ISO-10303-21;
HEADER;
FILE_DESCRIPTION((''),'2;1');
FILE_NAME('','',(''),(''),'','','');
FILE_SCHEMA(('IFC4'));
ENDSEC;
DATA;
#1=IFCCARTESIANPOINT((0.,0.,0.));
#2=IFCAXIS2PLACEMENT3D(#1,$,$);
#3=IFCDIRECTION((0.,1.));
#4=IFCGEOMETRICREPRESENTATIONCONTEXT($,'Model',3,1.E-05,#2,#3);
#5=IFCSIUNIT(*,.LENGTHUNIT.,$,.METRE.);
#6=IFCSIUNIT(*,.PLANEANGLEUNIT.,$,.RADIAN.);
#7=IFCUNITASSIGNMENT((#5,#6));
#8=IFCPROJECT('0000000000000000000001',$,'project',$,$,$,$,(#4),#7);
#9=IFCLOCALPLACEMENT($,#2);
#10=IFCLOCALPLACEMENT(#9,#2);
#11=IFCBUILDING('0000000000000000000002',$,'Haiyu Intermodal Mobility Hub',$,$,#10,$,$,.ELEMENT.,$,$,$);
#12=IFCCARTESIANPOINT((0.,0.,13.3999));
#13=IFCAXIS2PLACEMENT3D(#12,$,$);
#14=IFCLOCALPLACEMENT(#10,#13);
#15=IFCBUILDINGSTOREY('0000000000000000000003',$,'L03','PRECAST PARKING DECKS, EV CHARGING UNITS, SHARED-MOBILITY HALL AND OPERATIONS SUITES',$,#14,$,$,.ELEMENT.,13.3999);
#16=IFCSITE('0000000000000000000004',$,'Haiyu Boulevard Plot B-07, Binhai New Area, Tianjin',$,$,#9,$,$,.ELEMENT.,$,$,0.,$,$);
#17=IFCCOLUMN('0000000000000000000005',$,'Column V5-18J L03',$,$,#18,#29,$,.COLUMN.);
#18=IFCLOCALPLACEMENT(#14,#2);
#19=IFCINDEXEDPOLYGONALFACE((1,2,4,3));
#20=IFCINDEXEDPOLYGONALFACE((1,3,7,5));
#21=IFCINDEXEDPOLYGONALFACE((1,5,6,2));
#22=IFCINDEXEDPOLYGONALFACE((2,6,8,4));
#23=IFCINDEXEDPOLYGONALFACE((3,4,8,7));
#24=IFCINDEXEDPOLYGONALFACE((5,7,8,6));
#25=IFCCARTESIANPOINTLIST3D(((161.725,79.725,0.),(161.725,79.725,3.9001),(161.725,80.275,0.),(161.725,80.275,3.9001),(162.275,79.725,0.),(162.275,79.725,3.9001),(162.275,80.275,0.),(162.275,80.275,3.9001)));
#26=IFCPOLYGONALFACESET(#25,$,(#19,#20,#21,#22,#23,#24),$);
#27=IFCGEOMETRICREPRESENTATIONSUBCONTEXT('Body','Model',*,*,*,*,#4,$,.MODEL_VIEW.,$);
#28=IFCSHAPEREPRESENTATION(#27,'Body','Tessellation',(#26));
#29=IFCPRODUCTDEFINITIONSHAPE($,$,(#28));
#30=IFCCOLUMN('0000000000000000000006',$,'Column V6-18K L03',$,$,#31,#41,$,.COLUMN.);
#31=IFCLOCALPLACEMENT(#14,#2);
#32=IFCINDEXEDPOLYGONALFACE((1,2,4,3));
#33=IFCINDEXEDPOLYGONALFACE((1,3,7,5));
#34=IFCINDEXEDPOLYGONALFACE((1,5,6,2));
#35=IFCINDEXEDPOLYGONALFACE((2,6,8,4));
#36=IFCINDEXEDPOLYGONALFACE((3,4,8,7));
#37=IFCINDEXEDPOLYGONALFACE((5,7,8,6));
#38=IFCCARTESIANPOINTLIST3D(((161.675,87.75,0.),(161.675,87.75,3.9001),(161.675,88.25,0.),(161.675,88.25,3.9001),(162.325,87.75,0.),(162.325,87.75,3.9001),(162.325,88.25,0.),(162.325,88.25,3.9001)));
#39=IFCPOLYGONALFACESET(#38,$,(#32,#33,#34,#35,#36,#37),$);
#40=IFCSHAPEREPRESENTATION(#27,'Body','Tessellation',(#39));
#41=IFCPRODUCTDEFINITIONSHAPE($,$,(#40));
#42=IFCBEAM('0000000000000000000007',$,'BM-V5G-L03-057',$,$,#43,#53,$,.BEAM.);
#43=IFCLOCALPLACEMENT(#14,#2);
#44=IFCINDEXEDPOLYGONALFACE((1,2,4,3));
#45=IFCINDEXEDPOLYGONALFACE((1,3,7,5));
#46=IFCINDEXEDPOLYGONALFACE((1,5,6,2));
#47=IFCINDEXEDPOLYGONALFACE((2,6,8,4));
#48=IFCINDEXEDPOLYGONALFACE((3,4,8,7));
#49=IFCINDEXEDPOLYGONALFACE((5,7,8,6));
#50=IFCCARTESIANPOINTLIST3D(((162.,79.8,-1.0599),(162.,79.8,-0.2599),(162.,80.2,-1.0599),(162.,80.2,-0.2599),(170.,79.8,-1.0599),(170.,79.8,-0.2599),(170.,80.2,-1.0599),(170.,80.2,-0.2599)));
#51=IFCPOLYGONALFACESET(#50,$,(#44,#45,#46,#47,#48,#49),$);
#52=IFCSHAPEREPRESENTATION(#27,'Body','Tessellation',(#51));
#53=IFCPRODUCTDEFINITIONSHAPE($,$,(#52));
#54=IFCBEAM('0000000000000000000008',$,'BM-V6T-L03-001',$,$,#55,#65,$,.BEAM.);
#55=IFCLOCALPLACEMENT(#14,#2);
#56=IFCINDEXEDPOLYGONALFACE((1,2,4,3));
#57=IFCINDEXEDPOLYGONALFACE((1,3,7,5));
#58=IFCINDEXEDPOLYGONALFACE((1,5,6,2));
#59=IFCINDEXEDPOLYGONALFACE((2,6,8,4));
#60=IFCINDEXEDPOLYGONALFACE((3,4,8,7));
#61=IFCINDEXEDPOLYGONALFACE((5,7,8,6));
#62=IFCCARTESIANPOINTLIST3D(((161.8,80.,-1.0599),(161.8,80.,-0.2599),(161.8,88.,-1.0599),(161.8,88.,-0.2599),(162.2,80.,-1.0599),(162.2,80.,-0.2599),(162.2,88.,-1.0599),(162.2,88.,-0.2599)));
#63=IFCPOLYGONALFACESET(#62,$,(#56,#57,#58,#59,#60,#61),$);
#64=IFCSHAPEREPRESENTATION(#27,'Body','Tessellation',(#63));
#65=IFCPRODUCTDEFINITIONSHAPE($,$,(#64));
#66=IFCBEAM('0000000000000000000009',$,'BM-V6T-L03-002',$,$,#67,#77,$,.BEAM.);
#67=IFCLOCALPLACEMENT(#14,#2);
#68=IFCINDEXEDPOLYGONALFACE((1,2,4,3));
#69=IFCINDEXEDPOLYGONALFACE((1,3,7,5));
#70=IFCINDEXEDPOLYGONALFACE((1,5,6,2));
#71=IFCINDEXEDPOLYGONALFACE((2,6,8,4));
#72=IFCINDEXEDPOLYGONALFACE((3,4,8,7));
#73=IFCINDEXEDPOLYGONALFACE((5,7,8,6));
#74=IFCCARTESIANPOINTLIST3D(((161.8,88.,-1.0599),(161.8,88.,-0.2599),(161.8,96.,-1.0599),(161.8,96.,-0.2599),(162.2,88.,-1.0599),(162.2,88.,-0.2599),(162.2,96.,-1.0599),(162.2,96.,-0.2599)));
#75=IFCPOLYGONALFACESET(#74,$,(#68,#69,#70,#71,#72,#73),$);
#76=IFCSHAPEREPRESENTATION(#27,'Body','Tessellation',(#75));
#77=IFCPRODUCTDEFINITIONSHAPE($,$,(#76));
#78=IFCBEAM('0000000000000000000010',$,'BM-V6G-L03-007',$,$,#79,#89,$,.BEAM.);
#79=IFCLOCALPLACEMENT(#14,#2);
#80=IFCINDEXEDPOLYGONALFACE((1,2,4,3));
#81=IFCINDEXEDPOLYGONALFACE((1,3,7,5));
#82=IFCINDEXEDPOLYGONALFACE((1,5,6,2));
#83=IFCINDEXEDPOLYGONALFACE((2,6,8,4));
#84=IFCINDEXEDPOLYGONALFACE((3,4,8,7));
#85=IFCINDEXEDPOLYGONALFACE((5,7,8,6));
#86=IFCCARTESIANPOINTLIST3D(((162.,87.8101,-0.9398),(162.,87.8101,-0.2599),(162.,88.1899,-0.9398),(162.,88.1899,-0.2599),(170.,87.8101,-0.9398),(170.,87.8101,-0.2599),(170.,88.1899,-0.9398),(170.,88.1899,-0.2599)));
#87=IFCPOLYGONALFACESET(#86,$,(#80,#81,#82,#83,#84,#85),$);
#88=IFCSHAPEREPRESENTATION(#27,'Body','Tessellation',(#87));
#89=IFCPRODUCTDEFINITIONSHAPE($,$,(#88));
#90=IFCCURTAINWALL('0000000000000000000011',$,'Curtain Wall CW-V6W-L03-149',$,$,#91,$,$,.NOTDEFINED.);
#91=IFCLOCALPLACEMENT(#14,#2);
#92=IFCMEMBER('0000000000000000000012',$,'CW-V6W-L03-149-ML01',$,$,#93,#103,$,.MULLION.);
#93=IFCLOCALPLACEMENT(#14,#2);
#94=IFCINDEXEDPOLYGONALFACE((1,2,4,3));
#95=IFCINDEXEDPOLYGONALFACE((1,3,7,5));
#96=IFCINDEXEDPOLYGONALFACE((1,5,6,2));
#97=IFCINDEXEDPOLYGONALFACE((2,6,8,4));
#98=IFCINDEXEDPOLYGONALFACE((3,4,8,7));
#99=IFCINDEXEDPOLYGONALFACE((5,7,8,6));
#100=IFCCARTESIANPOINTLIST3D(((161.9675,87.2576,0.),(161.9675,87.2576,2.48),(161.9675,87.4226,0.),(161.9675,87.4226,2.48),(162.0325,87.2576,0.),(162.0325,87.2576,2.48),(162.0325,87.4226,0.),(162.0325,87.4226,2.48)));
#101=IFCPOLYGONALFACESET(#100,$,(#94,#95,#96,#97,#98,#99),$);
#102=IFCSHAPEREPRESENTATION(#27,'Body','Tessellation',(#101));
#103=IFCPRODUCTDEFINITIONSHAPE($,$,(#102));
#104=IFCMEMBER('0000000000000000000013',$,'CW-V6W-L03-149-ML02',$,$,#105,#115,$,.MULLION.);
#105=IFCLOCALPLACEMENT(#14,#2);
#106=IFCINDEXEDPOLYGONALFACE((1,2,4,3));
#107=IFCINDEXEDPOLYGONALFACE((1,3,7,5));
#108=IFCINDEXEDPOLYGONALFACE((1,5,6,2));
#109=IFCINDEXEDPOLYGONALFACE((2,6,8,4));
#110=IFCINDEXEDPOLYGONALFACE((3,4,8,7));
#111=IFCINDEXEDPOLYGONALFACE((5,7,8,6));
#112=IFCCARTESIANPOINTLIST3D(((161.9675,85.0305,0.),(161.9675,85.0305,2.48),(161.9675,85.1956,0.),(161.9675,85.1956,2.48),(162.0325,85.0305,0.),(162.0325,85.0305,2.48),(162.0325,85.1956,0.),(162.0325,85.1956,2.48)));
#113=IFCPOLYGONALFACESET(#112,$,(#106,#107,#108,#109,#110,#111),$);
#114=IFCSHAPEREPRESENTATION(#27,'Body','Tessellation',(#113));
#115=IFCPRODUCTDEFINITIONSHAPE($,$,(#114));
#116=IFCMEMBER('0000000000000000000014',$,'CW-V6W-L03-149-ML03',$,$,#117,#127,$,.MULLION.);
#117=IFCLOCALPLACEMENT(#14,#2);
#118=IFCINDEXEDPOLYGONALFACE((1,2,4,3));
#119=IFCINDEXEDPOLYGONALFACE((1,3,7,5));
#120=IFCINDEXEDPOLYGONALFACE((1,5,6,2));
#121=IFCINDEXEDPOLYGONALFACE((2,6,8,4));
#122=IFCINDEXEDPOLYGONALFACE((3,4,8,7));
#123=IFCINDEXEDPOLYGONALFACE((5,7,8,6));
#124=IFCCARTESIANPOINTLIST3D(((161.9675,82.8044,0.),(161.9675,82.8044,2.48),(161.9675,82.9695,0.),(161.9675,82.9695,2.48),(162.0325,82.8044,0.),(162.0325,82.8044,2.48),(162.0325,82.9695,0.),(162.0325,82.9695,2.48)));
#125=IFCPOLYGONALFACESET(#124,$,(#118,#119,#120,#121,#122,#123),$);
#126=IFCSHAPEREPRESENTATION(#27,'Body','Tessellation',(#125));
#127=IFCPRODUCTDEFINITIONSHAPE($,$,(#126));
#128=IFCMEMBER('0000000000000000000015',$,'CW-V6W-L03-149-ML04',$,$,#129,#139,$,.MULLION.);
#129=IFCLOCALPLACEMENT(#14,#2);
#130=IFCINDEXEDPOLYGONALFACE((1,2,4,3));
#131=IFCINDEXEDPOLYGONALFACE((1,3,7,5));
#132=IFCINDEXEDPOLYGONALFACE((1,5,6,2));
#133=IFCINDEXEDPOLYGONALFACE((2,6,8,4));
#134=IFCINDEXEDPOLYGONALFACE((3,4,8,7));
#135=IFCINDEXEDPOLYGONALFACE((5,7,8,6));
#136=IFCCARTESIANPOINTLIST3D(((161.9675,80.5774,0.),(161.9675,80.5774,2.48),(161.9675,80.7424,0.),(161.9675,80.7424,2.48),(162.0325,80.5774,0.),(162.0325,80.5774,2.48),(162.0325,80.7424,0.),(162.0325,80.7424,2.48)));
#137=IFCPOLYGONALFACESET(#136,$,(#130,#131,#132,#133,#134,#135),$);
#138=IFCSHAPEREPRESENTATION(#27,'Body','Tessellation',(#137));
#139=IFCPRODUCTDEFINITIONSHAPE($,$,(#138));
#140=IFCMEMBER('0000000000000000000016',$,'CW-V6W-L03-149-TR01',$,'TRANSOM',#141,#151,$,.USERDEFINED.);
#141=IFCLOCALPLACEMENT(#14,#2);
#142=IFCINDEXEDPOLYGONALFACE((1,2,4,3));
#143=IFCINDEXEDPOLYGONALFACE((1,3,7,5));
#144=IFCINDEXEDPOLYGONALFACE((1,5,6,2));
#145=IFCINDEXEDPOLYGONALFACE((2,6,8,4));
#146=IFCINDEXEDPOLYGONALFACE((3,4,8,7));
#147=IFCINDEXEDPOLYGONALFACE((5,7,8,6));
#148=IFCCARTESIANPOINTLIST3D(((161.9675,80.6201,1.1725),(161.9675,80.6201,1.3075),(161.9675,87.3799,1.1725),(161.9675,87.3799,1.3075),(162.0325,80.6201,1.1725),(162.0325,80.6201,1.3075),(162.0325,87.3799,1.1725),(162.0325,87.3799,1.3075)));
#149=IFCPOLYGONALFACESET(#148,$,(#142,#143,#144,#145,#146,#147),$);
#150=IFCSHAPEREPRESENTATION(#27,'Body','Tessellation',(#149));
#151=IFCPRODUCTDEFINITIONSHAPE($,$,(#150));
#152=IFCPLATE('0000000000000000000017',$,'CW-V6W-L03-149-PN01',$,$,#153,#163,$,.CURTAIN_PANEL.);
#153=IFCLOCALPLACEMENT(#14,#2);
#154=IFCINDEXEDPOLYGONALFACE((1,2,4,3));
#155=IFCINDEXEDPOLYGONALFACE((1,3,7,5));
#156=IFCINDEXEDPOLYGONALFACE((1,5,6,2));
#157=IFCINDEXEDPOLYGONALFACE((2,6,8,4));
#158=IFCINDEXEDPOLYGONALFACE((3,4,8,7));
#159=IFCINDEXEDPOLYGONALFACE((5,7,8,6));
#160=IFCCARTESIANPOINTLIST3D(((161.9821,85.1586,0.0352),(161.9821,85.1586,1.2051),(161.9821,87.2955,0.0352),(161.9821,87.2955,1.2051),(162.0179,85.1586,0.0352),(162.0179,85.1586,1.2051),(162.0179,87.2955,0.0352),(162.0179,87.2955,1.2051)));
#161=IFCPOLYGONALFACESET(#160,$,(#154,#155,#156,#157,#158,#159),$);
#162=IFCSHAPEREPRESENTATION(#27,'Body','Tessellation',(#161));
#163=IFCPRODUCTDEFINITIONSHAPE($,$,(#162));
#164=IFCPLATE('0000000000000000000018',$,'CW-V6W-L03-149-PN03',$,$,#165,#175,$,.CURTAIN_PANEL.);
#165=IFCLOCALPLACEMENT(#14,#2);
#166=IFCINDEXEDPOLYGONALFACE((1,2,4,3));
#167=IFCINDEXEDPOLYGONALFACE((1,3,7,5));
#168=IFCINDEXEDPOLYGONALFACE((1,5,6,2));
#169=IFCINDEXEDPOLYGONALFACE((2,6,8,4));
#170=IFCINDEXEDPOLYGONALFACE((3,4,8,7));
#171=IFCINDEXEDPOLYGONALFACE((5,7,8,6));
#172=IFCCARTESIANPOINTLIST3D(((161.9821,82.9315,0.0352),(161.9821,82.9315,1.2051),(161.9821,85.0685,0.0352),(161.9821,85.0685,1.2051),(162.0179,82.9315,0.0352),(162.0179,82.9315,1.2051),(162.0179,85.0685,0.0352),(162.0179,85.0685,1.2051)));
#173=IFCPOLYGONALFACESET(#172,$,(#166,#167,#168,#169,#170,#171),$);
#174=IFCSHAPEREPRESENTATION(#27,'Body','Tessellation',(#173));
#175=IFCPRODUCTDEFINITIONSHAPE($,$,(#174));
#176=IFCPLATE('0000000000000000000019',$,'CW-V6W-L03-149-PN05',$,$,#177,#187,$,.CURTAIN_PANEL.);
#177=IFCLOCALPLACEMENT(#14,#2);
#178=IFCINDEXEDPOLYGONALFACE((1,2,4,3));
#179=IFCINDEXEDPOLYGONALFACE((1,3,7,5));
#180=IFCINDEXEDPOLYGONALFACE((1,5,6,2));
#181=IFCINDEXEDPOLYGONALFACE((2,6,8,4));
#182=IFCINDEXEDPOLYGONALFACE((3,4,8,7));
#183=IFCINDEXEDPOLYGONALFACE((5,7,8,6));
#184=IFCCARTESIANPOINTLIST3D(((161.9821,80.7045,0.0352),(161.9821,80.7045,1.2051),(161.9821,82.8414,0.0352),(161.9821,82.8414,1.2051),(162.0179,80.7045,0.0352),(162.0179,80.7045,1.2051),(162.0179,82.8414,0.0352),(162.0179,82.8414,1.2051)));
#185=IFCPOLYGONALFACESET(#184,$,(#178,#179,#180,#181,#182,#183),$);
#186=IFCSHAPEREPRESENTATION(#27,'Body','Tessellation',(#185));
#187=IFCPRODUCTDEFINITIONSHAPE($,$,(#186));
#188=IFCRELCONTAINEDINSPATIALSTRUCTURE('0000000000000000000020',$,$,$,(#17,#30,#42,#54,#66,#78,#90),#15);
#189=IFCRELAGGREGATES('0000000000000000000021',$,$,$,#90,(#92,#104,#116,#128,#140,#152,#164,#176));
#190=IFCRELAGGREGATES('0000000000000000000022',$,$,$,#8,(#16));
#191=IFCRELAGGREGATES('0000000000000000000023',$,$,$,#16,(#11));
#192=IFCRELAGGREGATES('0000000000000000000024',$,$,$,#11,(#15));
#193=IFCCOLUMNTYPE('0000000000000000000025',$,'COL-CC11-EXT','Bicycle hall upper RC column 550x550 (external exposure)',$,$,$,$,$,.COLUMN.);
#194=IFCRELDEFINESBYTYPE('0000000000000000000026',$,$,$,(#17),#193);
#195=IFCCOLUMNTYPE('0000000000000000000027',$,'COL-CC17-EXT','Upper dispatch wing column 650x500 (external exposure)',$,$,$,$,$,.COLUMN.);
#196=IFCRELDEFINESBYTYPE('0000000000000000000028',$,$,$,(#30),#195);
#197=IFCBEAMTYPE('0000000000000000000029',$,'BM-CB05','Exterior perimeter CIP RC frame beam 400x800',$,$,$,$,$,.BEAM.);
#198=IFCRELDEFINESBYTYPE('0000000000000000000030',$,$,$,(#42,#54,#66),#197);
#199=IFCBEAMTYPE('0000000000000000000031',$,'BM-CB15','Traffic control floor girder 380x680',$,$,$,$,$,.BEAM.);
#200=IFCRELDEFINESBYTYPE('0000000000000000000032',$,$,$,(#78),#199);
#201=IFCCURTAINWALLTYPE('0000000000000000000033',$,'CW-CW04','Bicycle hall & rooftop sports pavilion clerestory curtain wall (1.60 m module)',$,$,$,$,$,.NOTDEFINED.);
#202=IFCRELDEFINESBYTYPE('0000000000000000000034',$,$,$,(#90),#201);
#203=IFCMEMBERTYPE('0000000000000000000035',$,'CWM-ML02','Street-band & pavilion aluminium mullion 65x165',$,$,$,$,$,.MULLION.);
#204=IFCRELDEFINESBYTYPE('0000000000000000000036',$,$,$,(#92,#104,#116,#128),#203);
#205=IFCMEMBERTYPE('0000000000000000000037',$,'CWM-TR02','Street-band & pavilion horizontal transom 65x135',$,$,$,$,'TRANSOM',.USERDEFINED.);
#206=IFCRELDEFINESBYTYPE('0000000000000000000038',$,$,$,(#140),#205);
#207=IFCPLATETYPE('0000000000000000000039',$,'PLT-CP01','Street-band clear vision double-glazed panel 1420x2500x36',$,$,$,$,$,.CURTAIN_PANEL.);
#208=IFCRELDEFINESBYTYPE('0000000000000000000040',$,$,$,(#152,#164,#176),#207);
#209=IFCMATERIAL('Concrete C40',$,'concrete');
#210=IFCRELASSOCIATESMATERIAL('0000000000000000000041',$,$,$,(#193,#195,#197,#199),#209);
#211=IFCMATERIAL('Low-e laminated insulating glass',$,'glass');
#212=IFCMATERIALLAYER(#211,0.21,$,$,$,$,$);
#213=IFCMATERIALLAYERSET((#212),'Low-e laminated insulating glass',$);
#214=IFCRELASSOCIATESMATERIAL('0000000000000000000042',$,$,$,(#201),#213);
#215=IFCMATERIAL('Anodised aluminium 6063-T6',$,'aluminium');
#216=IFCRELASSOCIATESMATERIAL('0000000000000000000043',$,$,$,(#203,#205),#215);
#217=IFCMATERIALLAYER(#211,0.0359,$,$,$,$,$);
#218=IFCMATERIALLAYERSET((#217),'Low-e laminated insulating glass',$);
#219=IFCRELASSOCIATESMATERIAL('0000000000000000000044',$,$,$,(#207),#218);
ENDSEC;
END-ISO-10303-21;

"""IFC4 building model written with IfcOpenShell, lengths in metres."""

from ifc_helpers import new_model, si_unit, direction, frame, origin, origin_2d, place, context, subcontext, project, spatial, rectangle, extrude, material, layer, layer_set, material_profile, profile_set, type_object, element, aggregate, save


model = new_model("IFC4")

# Units and contexts
model_context = context("Model", 3, precision=1e-05, world=origin(), true_north=direction((0.0, 1.0)))
body_context = subcontext(model_context, "Body", "Model", "MODEL_VIEW")
ifc_project = project(units=[si_unit("LENGTHUNIT", "METRE"), si_unit("PLANEANGLEUNIT", "RADIAN")], contexts=[model_context])

# Site, building, storey
site_placement = place(None, origin())
site = spatial("IfcSite", under=ifc_project, at=site_placement, Name="Haiyu Boulevard Plot B-07, Binhai New Area, Tianjin", CompositionType="ELEMENT", RefElevation=0.0)
building_placement = place(site_placement, origin())
building = spatial("IfcBuilding", under=site, at=building_placement, Name="Haiyu Intermodal Mobility Hub", CompositionType="ELEMENT")
storey_placement = place(building_placement, frame((0.0, 0.0, 13.3999)))
storey = spatial("IfcBuildingStorey", under=building, at=storey_placement, Name="L03", Description="PRECAST PARKING DECKS, EV CHARGING UNITS, SHARED-MOBILITY HALL AND OPERATIONS SUITES", CompositionType="ELEMENT", Elevation=13.3999)

# Columns
ifc_material_1 = material(Name="Concrete C40", Category="concrete")
ifc_material_profile_1 = material_profile(ifc_material_1, rectangle(XDim=0.55, YDim=0.55, at=origin_2d()), Name="RC550x550")
ifc_profile_set_1 = profile_set([ifc_material_profile_1], Name="Concrete C40")
column_type_1 = type_object("IfcColumnType", Name="COL-CC11-EXT", Description="Bicycle hall upper RC column 550x550 (external exposure)", PredefinedType="COLUMN", material=ifc_profile_set_1)
column_1_placement = place(storey_placement, frame((162.0, 80.0, 0.0), z_axis=(0.0, 0.0, 1.0), x_axis=(1.0, 0.0, 0.0)))
element("IfcColumn", 1, at=column_1_placement, inside=storey, type_object=column_type_1, Name="Column V5-18J L03", PredefinedType="COLUMN", context=body_context, shape_type="SweptSolid", body=[
    extrude(rectangle(XDim=0.55, YDim=0.55, at=origin_2d()), origin(), (0.0, 0.0, 1.0), 3.9001),
])
ifc_material_profile_2 = material_profile(ifc_material_1, rectangle(XDim=0.6499, YDim=0.5, at=origin_2d()), Name="C650x500")
ifc_profile_set_2 = profile_set([ifc_material_profile_2], Name="Concrete C40")
column_type_2 = type_object("IfcColumnType", Name="COL-CC17-EXT", Description="Upper dispatch wing column 650x500 (external exposure)", PredefinedType="COLUMN", material=ifc_profile_set_2)
column_2_placement = place(storey_placement, frame((162.0, 88.0, 0.0), z_axis=(0.0, 0.0, 1.0), x_axis=(1.0, 0.0, 0.0)))
element("IfcColumn", 2, at=column_2_placement, inside=storey, type_object=column_type_2, Name="Column V6-18K L03", PredefinedType="COLUMN", context=body_context, shape_type="SweptSolid", body=[
    extrude(rectangle(XDim=0.6499, YDim=0.5, at=origin_2d()), origin(), (0.0, 0.0, 1.0), 3.9001),
])

# Beams
ifc_material_profile_3 = material_profile(ifc_material_1, rectangle(XDim=0.3999, YDim=0.8, at=origin_2d()), Name="RCB400x800")
ifc_profile_set_3 = profile_set([ifc_material_profile_3], Name="Concrete C40")
beam_type_1 = type_object("IfcBeamType", Name="BM-CB05", Description="Exterior perimeter CIP RC frame beam 400x800", PredefinedType="BEAM", material=ifc_profile_set_3)
for number, where, z_axis, x_axis, name in (
    (3, (162.0, 80.0, -0.6599), (1.0, 0.0, 0.0), (0.0, 1.0, 0.0), "BM-V5G-L03-057"),
    (4, (162.0, 80.0, -0.6599), (0.0, 1.0, 0.0), (-1.0, 0.0, 0.0), "BM-V6T-L03-001"),
    (5, (162.0, 88.0, -0.6599), (0.0, 1.0, 0.0), (-1.0, 0.0, 0.0), "BM-V6T-L03-002"),
):
    element("IfcBeam", number, at=place(storey_placement, frame(where, z_axis=z_axis, x_axis=x_axis)), inside=storey, type_object=beam_type_1, Name=name, PredefinedType="BEAM", context=body_context, shape_type="SweptSolid", body=[
        extrude(rectangle(XDim=0.3999, YDim=0.8, at=origin_2d()), origin(), (0.0, 0.0, 1.0), 8.0),
    ])
ifc_material_profile_4 = material_profile(ifc_material_1, rectangle(XDim=0.3799, YDim=0.6799, at=origin_2d()), Name="B380x680")
ifc_profile_set_4 = profile_set([ifc_material_profile_4], Name="Concrete C40")
beam_type_2 = type_object("IfcBeamType", Name="BM-CB15", Description="Traffic control floor girder 380x680", PredefinedType="BEAM", material=ifc_profile_set_4)
beam_placement = place(storey_placement, frame((162.0, 88.0, -0.5999), z_axis=(1.0, 0.0, 0.0), x_axis=(0.0, 1.0, 0.0)))
element("IfcBeam", 6, at=beam_placement, inside=storey, type_object=beam_type_2, Name="BM-V6G-L03-007", PredefinedType="BEAM", context=body_context, shape_type="SweptSolid", body=[
    extrude(rectangle(XDim=0.3799, YDim=0.6799, at=origin_2d()), origin(), (0.0, 0.0, 1.0), 8.0),
])

# Curtain wall, members, plates
ifc_material_2 = material(Name="Low-e laminated insulating glass", Category="glass")
ifc_layer_1 = layer(ifc_material_2, 0.21)
ifc_layer_set_1 = layer_set([ifc_layer_1], Name="Low-e laminated insulating glass")
curtain_wall_type = type_object("IfcCurtainWallType", Name="CW-CW04", Description="Bicycle hall & rooftop sports pavilion clerestory curtain wall (1.60 m module)", PredefinedType="NOTDEFINED", material=ifc_layer_set_1)
curtain_wall_placement = place(storey_placement, origin())
curtain_wall = element("IfcCurtainWall", 7, at=curtain_wall_placement, inside=storey, type_object=curtain_wall_type, Name="Curtain Wall CW-V6W-L03-149", PredefinedType="NOTDEFINED")
ifc_material_3 = material(Name="Anodised aluminium 6063-T6", Category="aluminium")
ifc_material_profile_5 = material_profile(ifc_material_3, rectangle(XDim=0.0649, YDim=0.165, at=origin_2d()), Name="ALU65x165")
ifc_profile_set_5 = profile_set([ifc_material_profile_5], Name="Anodised aluminium 6063-T6")
member_type_1 = type_object("IfcMemberType", Name="CWM-ML02", Description="Street-band & pavilion aluminium mullion 65x165", PredefinedType="MULLION", material=ifc_profile_set_5)
member_1_placement = place(storey_placement, frame((162.0, 87.3401, 0.0), z_axis=(0.0, 0.0, 1.0), x_axis=(1.0, 0.0, 0.0)))
member_1 = element("IfcMember", 8, at=member_1_placement, type_object=member_type_1, Name="CW-V6W-L03-149-ML01", PredefinedType="MULLION", context=body_context, shape_type="SweptSolid", body=[
    extrude(rectangle(XDim=0.0649, YDim=0.165, at=origin_2d()), origin(), (0.0, 0.0, 1.0), 2.48),
])
member_2_placement = place(storey_placement, frame((162.0, 85.113, 0.0), z_axis=(0.0, 0.0, 1.0), x_axis=(1.0, 0.0, 0.0)))
member_2 = element("IfcMember", 9, at=member_2_placement, type_object=member_type_1, Name="CW-V6W-L03-149-ML02", PredefinedType="MULLION", context=body_context, shape_type="SweptSolid", body=[
    extrude(rectangle(XDim=0.0649, YDim=0.165, at=origin_2d()), origin(), (0.0, 0.0, 1.0), 2.48),
])
member_3_placement = place(storey_placement, frame((162.0, 82.887, 0.0), z_axis=(0.0, 0.0, 1.0), x_axis=(1.0, 0.0, 0.0)))
member_3 = element("IfcMember", 10, at=member_3_placement, type_object=member_type_1, Name="CW-V6W-L03-149-ML03", PredefinedType="MULLION", context=body_context, shape_type="SweptSolid", body=[
    extrude(rectangle(XDim=0.0649, YDim=0.165, at=origin_2d()), origin(), (0.0, 0.0, 1.0), 2.48),
])
member_4_placement = place(storey_placement, frame((162.0, 80.6599, 0.0), z_axis=(0.0, 0.0, 1.0), x_axis=(1.0, 0.0, 0.0)))
member_4 = element("IfcMember", 11, at=member_4_placement, type_object=member_type_1, Name="CW-V6W-L03-149-ML04", PredefinedType="MULLION", context=body_context, shape_type="SweptSolid", body=[
    extrude(rectangle(XDim=0.0649, YDim=0.165, at=origin_2d()), origin(), (0.0, 0.0, 1.0), 2.48),
])
ifc_material_profile_6 = material_profile(ifc_material_3, rectangle(XDim=0.0649, YDim=0.135, at=origin_2d()), Name="ALU65x135")
ifc_profile_set_6 = profile_set([ifc_material_profile_6], Name="Anodised aluminium 6063-T6")
member_type_2 = type_object("IfcMemberType", Name="CWM-TR02", Description="Street-band & pavilion horizontal transom 65x135", ElementType="TRANSOM", PredefinedType="USERDEFINED", material=ifc_profile_set_6)
member_5_placement = place(storey_placement, frame((162.0, 87.3799, 1.24), z_axis=(0.0, -1.0, 0.0), x_axis=(1.0, 0.0, 0.0)))
member_5 = element("IfcMember", 12, at=member_5_placement, type_object=member_type_2, Name="CW-V6W-L03-149-TR01", ObjectType="TRANSOM", PredefinedType="USERDEFINED", context=body_context, shape_type="SweptSolid", body=[
    extrude(rectangle(XDim=0.0649, YDim=0.135, at=origin_2d()), origin(), (0.0, 0.0, 1.0), 6.7598),
])
ifc_layer_2 = layer(ifc_material_2, 0.0359)
ifc_layer_set_2 = layer_set([ifc_layer_2], Name="Low-e laminated insulating glass")
plate_type_1 = type_object("IfcPlateType", Name="PLT-CP01", Description="Street-band clear vision double-glazed panel 1420x2500x36", PredefinedType="CURTAIN_PANEL", material=ifc_layer_set_2)
plate_1_placement = place(storey_placement, frame((162.0, 86.2271, 0.0352), z_axis=(0.0, 0.0, 1.0), x_axis=(0.0, -1.0, 0.0)))
plate_1 = element("IfcPlate", 13, at=plate_1_placement, type_object=plate_type_1, Name="CW-V6W-L03-149-PN01", PredefinedType="CURTAIN_PANEL", context=body_context, shape_type="SweptSolid", body=[
    extrude(rectangle(XDim=2.137, YDim=0.0359, at=origin_2d()), origin(), (0.0, 0.0, 1.0), 1.1699),
])
plate_2_placement = place(storey_placement, frame((162.0, 84.0, 0.0352), z_axis=(0.0, 0.0, 1.0), x_axis=(0.0, -1.0, 0.0)))
plate_2 = element("IfcPlate", 14, at=plate_2_placement, type_object=plate_type_1, Name="CW-V6W-L03-149-PN03", PredefinedType="CURTAIN_PANEL", context=body_context, shape_type="SweptSolid", body=[
    extrude(rectangle(XDim=2.137, YDim=0.0359, at=origin_2d()), origin(), (0.0, 0.0, 1.0), 1.1699),
])
plate_3_placement = place(storey_placement, frame((162.0, 81.7729, 0.0352), z_axis=(0.0, 0.0, 1.0), x_axis=(0.0, -1.0, 0.0)))
plate_3 = element("IfcPlate", 15, at=plate_3_placement, type_object=plate_type_1, Name="CW-V6W-L03-149-PN05", PredefinedType="CURTAIN_PANEL", context=body_context, shape_type="SweptSolid", body=[
    extrude(rectangle(XDim=2.137, YDim=0.0359, at=origin_2d()), origin(), (0.0, 0.0, 1.0), 1.1699),
])
aggregate(curtain_wall, [member_1, member_2, member_3, member_4, member_5, plate_1, plate_2, plate_3])

save(model, "model.ifc")
